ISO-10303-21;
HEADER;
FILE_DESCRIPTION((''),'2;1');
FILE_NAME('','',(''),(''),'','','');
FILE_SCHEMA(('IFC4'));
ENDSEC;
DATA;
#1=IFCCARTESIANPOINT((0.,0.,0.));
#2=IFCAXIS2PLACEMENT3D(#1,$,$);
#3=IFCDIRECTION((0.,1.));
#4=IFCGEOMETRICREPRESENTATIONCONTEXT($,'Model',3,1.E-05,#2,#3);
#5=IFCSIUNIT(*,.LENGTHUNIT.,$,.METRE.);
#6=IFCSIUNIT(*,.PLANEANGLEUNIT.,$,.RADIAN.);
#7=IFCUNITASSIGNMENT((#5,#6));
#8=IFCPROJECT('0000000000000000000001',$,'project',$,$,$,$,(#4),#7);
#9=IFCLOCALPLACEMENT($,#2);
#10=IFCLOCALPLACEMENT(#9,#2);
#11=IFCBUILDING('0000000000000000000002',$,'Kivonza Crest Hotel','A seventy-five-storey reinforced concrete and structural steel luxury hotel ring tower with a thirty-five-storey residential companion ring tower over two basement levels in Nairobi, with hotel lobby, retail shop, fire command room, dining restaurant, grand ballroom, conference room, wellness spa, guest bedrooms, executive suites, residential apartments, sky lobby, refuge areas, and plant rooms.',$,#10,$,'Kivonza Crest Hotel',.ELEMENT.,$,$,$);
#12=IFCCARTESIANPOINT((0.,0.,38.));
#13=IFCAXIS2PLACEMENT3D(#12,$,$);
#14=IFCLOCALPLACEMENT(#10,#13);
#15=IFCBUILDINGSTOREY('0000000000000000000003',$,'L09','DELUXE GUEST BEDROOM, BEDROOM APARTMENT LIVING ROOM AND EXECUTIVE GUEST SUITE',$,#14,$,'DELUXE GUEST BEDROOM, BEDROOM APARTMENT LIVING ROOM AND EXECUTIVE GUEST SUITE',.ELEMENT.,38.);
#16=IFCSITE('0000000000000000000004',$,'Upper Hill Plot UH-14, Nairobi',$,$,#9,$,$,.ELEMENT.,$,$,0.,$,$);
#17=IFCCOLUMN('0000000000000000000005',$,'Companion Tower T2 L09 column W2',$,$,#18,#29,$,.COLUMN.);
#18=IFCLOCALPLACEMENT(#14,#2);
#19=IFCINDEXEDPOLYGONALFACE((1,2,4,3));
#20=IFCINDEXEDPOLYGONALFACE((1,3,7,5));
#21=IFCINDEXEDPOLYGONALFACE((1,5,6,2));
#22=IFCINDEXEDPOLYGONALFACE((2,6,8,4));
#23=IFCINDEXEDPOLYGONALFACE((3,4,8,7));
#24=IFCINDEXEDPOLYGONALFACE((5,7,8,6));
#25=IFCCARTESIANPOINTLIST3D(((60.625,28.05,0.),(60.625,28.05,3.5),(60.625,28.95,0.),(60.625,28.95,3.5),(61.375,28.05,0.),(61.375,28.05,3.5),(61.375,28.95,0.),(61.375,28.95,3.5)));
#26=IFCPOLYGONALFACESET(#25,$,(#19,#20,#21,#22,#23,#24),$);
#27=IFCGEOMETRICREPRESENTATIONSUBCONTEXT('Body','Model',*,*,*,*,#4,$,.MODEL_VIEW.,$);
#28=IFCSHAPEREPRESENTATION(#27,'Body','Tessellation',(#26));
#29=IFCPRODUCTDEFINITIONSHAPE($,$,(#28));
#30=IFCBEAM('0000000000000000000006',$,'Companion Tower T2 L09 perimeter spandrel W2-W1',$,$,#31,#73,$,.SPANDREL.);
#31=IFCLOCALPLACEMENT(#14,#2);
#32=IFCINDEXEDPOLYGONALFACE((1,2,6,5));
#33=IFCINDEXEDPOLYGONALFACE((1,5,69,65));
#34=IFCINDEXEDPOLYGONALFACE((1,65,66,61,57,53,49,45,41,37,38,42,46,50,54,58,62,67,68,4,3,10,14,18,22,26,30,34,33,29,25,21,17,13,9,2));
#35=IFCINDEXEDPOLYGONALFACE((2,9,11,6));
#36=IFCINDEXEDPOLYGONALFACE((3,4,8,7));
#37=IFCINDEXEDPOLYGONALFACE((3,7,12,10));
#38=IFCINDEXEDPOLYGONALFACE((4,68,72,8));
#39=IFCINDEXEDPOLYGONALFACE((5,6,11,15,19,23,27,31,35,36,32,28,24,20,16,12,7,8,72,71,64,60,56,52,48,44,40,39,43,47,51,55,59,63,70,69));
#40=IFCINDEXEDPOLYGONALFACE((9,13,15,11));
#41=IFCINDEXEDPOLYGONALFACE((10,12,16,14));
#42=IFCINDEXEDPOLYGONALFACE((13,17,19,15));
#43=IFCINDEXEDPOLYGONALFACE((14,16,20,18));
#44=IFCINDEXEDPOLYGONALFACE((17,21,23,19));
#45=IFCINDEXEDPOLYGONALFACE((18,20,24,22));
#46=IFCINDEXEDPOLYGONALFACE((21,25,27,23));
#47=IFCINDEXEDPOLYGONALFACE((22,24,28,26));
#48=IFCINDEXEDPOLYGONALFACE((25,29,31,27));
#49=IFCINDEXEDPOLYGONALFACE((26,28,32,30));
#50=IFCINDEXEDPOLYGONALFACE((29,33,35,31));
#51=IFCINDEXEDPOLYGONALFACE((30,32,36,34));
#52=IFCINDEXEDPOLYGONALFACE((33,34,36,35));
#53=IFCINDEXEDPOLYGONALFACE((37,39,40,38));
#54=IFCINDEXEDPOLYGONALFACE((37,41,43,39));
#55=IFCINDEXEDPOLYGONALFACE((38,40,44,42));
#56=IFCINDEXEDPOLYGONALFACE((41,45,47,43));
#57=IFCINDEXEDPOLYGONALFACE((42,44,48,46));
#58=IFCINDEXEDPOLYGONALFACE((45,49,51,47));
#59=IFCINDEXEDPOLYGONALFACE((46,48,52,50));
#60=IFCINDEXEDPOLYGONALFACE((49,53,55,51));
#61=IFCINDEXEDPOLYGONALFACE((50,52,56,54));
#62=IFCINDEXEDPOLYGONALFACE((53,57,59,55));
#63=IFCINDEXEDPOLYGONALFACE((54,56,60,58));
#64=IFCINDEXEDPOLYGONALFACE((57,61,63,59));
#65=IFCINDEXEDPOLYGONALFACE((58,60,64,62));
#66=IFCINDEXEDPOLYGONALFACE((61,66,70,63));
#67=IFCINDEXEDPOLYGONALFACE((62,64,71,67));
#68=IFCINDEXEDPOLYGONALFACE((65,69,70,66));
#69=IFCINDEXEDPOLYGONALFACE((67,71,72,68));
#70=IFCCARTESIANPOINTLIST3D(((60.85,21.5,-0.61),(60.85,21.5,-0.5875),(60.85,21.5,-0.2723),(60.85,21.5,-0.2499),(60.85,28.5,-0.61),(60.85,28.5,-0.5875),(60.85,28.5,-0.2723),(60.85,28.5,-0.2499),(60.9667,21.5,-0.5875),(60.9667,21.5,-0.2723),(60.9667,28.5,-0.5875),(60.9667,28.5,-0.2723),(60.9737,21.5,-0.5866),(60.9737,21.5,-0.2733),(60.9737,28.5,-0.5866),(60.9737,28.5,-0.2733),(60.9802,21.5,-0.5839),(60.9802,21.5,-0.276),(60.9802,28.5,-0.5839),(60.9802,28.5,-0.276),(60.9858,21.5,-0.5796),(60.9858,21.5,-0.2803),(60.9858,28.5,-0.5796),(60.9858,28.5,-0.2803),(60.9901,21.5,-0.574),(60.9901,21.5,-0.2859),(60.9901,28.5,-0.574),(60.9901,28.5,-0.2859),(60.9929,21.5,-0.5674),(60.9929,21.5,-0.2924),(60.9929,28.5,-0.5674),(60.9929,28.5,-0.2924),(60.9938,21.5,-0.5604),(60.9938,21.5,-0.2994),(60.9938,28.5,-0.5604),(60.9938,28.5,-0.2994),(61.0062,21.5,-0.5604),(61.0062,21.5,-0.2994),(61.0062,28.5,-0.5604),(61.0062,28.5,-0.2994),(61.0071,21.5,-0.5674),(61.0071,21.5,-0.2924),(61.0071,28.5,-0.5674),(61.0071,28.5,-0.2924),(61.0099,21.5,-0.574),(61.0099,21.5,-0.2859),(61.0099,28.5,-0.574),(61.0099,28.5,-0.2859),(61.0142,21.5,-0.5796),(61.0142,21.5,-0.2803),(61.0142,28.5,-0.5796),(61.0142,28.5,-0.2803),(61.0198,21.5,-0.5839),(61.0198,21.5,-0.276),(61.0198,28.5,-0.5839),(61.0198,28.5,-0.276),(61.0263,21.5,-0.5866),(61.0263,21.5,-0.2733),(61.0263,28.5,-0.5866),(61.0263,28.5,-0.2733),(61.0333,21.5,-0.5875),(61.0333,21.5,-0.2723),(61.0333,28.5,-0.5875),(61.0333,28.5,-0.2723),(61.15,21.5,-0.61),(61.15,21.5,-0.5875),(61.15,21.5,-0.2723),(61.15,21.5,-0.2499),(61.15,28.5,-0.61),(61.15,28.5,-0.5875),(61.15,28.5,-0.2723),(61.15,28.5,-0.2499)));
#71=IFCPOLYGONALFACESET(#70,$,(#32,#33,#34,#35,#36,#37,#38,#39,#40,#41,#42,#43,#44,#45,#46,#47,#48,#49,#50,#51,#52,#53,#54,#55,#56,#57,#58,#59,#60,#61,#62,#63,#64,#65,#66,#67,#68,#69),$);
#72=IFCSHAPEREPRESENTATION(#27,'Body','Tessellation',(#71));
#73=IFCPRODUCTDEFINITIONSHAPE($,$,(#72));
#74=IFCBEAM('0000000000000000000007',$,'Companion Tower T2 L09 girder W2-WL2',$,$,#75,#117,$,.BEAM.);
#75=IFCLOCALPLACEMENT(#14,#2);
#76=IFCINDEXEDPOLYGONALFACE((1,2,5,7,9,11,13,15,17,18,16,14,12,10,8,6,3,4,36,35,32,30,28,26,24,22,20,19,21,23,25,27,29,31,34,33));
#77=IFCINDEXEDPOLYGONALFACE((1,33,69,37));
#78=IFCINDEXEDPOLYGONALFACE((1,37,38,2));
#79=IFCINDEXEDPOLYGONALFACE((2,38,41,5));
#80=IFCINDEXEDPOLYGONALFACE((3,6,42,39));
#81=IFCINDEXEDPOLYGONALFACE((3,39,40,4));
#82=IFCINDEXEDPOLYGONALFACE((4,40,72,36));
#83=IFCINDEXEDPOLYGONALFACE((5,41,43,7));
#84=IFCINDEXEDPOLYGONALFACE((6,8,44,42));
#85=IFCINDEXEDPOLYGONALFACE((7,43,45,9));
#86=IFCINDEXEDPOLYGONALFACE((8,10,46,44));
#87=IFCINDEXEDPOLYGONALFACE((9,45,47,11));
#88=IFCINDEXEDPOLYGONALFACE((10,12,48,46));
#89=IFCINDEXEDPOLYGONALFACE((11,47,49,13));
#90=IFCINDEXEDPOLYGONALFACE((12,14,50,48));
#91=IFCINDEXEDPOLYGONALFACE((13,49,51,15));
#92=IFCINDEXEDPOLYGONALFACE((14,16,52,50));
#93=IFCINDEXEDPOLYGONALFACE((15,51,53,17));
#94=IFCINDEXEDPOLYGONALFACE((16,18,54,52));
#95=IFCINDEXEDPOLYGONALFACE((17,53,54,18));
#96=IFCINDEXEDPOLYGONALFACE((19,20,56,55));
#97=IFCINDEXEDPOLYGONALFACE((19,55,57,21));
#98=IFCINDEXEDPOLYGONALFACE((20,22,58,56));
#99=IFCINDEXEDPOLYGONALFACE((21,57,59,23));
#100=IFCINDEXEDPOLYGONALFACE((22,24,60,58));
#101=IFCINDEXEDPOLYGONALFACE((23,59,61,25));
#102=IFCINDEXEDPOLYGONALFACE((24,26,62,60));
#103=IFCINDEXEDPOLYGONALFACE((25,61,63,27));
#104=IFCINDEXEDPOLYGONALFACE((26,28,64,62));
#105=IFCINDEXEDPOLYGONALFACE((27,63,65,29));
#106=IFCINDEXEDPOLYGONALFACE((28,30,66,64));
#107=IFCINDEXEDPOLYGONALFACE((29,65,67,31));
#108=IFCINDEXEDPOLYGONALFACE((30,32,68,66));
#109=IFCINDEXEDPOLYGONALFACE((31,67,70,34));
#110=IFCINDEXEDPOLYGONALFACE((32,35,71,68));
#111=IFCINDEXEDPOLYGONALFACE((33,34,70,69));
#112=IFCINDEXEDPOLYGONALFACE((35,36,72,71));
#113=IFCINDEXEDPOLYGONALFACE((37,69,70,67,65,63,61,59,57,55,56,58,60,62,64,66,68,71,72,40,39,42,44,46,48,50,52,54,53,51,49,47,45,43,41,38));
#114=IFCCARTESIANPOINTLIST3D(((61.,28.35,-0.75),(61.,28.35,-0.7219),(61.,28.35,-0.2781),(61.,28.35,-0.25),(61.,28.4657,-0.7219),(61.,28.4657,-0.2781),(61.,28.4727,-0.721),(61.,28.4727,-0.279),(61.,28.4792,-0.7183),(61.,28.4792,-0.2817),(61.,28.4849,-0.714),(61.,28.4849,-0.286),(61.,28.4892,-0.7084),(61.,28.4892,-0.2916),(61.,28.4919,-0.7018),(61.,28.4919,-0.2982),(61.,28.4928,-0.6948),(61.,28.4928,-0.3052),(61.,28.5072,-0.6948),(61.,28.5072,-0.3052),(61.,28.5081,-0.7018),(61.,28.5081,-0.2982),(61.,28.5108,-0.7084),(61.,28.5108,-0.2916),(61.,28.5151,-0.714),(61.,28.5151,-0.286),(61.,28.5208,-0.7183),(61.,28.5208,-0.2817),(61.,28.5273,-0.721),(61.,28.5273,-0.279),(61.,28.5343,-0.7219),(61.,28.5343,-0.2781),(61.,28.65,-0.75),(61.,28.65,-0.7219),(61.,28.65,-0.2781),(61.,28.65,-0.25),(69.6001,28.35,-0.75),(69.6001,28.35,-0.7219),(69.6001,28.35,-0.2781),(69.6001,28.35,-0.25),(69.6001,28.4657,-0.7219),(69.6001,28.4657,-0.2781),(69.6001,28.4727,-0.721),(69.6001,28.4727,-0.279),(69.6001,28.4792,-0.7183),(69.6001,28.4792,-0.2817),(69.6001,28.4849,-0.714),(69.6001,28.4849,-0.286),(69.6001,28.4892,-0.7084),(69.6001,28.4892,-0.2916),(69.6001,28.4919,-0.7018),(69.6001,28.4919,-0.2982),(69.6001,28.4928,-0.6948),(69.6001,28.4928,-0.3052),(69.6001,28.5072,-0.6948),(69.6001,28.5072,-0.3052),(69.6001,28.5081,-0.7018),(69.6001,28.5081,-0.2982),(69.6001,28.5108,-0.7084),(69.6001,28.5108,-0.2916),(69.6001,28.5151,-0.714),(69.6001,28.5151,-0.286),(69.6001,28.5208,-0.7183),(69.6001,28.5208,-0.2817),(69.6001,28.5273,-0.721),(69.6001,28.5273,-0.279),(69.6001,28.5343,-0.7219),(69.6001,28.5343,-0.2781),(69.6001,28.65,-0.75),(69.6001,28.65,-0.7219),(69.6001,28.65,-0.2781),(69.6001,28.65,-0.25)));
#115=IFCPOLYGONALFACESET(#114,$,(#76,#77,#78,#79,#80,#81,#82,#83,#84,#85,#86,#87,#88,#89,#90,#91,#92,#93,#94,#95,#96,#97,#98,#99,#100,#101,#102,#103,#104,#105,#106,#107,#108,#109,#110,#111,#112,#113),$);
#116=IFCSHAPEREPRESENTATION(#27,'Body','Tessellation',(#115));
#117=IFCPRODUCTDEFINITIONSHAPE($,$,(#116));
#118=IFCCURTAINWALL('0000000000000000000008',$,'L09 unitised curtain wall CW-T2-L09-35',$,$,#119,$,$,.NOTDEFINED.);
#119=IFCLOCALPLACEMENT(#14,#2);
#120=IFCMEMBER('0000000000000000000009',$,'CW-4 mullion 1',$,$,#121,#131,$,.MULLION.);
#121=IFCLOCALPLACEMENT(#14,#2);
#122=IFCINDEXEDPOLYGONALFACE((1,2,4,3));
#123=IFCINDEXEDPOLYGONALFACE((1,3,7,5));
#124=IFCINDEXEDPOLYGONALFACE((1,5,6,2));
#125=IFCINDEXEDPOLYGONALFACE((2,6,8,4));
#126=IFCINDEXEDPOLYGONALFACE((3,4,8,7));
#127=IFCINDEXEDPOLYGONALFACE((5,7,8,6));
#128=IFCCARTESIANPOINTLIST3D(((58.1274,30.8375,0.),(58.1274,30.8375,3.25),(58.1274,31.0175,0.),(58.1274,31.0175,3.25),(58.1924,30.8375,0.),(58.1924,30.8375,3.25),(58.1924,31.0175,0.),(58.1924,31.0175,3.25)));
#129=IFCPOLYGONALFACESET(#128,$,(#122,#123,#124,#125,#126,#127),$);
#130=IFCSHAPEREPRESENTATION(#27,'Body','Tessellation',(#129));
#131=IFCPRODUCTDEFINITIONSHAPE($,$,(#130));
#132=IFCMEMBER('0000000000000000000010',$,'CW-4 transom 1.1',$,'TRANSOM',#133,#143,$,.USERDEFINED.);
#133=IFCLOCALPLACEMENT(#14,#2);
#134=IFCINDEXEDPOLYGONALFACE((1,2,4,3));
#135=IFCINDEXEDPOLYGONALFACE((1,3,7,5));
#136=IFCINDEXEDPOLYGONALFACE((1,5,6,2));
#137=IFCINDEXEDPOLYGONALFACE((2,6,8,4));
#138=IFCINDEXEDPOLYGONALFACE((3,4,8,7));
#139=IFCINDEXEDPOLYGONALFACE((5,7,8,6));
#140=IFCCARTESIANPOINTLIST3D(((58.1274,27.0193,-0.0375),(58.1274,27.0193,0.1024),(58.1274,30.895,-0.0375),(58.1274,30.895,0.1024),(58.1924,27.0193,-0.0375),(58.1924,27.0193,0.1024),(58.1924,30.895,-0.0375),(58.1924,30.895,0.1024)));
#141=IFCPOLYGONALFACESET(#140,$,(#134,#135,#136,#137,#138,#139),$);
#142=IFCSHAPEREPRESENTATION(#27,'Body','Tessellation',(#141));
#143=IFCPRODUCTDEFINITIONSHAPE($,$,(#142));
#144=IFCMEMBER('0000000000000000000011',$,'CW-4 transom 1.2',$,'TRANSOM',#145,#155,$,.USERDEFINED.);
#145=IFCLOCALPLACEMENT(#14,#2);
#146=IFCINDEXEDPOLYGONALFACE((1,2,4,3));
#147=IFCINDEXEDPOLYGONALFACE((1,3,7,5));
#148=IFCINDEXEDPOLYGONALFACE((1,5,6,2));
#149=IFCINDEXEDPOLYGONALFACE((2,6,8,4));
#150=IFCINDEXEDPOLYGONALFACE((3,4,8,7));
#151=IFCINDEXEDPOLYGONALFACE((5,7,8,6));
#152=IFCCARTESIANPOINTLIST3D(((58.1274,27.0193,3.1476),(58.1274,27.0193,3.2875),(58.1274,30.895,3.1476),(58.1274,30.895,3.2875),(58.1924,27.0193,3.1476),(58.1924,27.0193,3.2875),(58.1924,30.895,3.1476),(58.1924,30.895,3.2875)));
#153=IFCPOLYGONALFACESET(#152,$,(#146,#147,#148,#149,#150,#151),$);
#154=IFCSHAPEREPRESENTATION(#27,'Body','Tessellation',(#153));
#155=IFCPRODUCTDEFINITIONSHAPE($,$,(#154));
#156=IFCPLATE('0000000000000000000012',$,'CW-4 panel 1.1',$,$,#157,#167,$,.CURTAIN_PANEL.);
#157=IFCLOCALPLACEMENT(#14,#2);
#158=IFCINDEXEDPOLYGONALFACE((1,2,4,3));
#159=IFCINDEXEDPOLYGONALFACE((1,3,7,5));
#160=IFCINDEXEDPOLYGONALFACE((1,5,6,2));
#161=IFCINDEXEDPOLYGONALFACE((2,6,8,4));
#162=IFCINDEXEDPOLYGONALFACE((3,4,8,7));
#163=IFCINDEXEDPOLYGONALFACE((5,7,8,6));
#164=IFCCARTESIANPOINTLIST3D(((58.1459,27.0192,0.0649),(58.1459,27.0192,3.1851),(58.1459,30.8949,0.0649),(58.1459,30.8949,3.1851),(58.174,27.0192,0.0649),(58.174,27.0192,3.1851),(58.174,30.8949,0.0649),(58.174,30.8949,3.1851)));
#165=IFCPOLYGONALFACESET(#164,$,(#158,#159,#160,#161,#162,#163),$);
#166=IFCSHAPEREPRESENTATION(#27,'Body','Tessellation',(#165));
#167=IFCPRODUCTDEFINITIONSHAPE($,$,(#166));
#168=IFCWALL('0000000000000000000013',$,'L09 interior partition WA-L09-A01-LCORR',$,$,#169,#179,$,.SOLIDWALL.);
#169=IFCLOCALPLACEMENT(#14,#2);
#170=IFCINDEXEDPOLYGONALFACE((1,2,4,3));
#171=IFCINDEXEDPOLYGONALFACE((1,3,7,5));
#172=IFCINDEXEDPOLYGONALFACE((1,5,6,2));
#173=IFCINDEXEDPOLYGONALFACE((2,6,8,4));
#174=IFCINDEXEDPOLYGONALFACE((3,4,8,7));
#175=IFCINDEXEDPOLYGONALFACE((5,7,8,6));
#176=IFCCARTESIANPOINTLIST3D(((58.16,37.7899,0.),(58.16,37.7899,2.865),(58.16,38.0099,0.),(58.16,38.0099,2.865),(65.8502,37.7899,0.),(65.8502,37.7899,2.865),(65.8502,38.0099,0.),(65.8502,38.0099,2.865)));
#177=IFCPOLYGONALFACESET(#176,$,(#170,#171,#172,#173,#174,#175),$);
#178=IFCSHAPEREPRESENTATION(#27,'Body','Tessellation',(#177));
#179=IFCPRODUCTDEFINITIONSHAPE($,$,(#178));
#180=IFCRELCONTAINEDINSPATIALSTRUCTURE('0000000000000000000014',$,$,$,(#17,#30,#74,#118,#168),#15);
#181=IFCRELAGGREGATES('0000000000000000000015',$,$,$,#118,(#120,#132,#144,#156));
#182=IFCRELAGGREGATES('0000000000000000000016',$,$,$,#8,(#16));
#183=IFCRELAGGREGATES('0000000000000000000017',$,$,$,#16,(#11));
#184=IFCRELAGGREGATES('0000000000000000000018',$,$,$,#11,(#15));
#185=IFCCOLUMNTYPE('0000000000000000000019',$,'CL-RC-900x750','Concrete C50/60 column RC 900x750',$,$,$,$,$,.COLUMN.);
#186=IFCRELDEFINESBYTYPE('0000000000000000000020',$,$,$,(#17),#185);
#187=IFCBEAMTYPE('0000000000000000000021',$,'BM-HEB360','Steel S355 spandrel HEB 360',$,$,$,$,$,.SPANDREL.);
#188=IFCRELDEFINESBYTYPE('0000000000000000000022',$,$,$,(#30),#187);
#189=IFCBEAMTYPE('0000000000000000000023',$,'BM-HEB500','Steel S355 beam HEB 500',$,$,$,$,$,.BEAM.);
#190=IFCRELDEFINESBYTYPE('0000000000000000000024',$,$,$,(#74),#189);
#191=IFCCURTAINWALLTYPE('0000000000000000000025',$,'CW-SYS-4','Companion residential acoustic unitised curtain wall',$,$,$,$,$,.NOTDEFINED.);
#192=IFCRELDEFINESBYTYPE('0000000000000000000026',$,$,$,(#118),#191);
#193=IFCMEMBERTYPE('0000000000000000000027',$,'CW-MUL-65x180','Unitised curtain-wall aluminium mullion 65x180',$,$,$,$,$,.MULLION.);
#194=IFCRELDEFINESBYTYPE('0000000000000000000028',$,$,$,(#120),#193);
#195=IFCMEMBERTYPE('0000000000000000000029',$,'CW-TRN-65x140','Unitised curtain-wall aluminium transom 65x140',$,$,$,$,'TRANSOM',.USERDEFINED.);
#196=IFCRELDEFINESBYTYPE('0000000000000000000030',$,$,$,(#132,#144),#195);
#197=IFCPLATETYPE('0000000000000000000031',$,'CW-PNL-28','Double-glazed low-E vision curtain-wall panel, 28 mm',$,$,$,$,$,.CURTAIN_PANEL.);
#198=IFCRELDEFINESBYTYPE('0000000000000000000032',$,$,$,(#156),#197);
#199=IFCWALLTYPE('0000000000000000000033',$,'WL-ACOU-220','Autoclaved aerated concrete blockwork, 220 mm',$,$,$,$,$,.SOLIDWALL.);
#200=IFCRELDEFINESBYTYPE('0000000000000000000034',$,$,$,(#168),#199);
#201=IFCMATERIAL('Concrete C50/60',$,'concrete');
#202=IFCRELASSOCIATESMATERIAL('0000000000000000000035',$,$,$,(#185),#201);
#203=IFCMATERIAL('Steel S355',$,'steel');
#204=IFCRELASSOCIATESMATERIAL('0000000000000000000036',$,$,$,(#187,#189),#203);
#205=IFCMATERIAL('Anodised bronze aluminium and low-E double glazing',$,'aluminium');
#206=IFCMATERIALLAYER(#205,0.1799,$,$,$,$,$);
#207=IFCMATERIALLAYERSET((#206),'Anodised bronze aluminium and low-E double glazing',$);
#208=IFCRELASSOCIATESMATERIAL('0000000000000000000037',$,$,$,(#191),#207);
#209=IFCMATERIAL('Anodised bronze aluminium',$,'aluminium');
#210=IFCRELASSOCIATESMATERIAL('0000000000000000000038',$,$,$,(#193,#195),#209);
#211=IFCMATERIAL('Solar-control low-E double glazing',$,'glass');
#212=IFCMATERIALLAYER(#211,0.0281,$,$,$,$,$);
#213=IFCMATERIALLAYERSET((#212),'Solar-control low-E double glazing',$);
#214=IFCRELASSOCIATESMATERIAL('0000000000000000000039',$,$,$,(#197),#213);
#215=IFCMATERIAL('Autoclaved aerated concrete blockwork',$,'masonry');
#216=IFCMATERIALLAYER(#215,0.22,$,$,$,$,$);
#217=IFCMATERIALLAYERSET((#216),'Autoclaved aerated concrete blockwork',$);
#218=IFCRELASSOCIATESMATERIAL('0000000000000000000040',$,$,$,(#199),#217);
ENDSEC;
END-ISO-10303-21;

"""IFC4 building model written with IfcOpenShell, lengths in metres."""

from ifc_helpers import new_model, si_unit, direction, frame, frame_2d, origin, origin_2d, place, context, subcontext, project, spatial, rectangle, i_section, extrude, material, layer, layer_set, material_profile, profile_set, type_object, element, aggregate, save


model = new_model("IFC4")

# Units and contexts
model_context = context("Model", 3, precision=1e-05, world=origin(), true_north=direction((0.0, 1.0)))
body_context = subcontext(model_context, "Body", "Model", "MODEL_VIEW")
ifc_project = project(units=[si_unit("LENGTHUNIT", "METRE"), si_unit("PLANEANGLEUNIT", "RADIAN")], contexts=[model_context])

# Site, building, storey
site_placement = place(None, origin())
site = spatial("IfcSite", under=ifc_project, at=site_placement, Name="Upper Hill Plot UH-14, Nairobi", CompositionType="ELEMENT", RefElevation=0.0)
building_placement = place(site_placement, origin())
building = spatial("IfcBuilding", under=site, at=building_placement, Name="Kivonza Crest Hotel", Description="A seventy-five-storey reinforced concrete and structural steel luxury hotel ring tower with a thirty-five-storey residential companion ring tower over two basement levels in Nairobi, with hotel lobby, retail shop, fire command room, dining restaurant, grand ballroom, conference room, wellness spa, guest bedrooms, executive suites, residential apartments, sky lobby, refuge areas, and plant rooms.", LongName="Kivonza Crest Hotel", CompositionType="ELEMENT")
storey_placement = place(building_placement, frame((0.0, 0.0, 38.0)))
storey = spatial("IfcBuildingStorey", under=building, at=storey_placement, Name="L09", Description="DELUXE GUEST BEDROOM, BEDROOM APARTMENT LIVING ROOM AND EXECUTIVE GUEST SUITE", LongName="DELUXE GUEST BEDROOM, BEDROOM APARTMENT LIVING ROOM AND EXECUTIVE GUEST SUITE", CompositionType="ELEMENT", Elevation=38.0)

# Column
ifc_material_1 = material(Name="Concrete C50/60", Category="concrete")
ifc_material_profile_1 = material_profile(ifc_material_1, rectangle(XDim=0.75, YDim=0.8999, at=origin_2d()), Name="RC 900x750")
ifc_profile_set_1 = profile_set([ifc_material_profile_1], Name="Concrete C50/60")
column_type = type_object("IfcColumnType", Name="CL-RC-900x750", Description="Concrete C50/60 column RC 900x750", PredefinedType="COLUMN", material=ifc_profile_set_1)
column_placement = place(storey_placement, frame((61.0, 28.5, 0.0), z_axis=(0.0, 0.0, 1.0), x_axis=(1.0, 0.0, 0.0)))
element("IfcColumn", 1, at=column_placement, inside=storey, type_object=column_type, Name="Companion Tower T2 L09 column W2", PredefinedType="COLUMN", context=body_context, shape_type="SweptSolid", body=[
    extrude(rectangle(XDim=0.75, YDim=0.8999, at=origin_2d()), origin(), (0.0, 0.0, 1.0), 3.5),
])

# Beams
ifc_material_2 = material(Name="Steel S355", Category="steel")
ifc_material_profile_2 = material_profile(ifc_material_2, i_section(OverallWidth=0.3, OverallDepth=0.3601, WebThickness=0.0125, FlangeThickness=0.0225, FilletRadius=0.0271, at=origin_2d()), Name="HEB 360")
ifc_profile_set_2 = profile_set([ifc_material_profile_2], Name="Steel S355")
beam_type_1 = type_object("IfcBeamType", Name="BM-HEB360", Description="Steel S355 spandrel HEB 360", PredefinedType="SPANDREL", material=ifc_profile_set_2)
beam_1_placement = place(storey_placement, frame((61.0, 28.5, -0.4299), z_axis=(0.0, -1.0, 0.0), x_axis=(1.0, 0.0, 0.0)))
element("IfcBeam", 2, at=beam_1_placement, inside=storey, type_object=beam_type_1, Name="Companion Tower T2 L09 perimeter spandrel W2-W1", PredefinedType="SPANDREL", context=body_context, shape_type="SweptSolid", body=[
    extrude(i_section(OverallWidth=0.3, OverallDepth=0.3601, WebThickness=0.0125, FlangeThickness=0.0225, FilletRadius=0.0271, at=origin_2d()), origin(), (0.0, 0.0, 1.0), 7.0),
])
ifc_material_profile_3 = material_profile(ifc_material_2, i_section(OverallWidth=0.3, OverallDepth=0.5, WebThickness=0.0144, FlangeThickness=0.0281, FilletRadius=0.0271, at=origin_2d()), Name="HEB 500")
ifc_profile_set_3 = profile_set([ifc_material_profile_3], Name="Steel S355")
beam_type_2 = type_object("IfcBeamType", Name="BM-HEB500", Description="Steel S355 beam HEB 500", PredefinedType="BEAM", material=ifc_profile_set_3)
beam_2_placement = place(storey_placement, frame((61.0, 28.5, -0.5), z_axis=(1.0, 0.0, 0.0), x_axis=(0.0, 1.0, 0.0)))
element("IfcBeam", 3, at=beam_2_placement, inside=storey, type_object=beam_type_2, Name="Companion Tower T2 L09 girder W2-WL2", PredefinedType="BEAM", context=body_context, shape_type="SweptSolid", body=[
    extrude(i_section(OverallWidth=0.3, OverallDepth=0.5, WebThickness=0.0144, FlangeThickness=0.0281, FilletRadius=0.0271, at=origin_2d()), origin(), (0.0, 0.0, 1.0), 8.6001),
])

# Curtain wall, members, plate
ifc_material_3 = material(Name="Anodised bronze aluminium and low-E double glazing", Category="aluminium")
ifc_layer_1 = layer(ifc_material_3, 0.1799)
ifc_layer_set_1 = layer_set([ifc_layer_1], Name="Anodised bronze aluminium and low-E double glazing")
curtain_wall_type = type_object("IfcCurtainWallType", Name="CW-SYS-4", Description="Companion residential acoustic unitised curtain wall", PredefinedType="NOTDEFINED", material=ifc_layer_set_1)
curtain_wall_placement = place(storey_placement, origin())
curtain_wall = element("IfcCurtainWall", 4, at=curtain_wall_placement, inside=storey, type_object=curtain_wall_type, Name="L09 unitised curtain wall CW-T2-L09-35", PredefinedType="NOTDEFINED")
ifc_material_4 = material(Name="Anodised bronze aluminium", Category="aluminium")
ifc_material_profile_4 = material_profile(ifc_material_4, rectangle(XDim=0.0649, YDim=0.1799, at=origin_2d()), Name="CW-M 65x180")
ifc_profile_set_4 = profile_set([ifc_material_profile_4], Name="Anodised bronze aluminium")
member_type_1 = type_object("IfcMemberType", Name="CW-MUL-65x180", Description="Unitised curtain-wall aluminium mullion 65x180", PredefinedType="MULLION", material=ifc_profile_set_4)
member_1_placement = place(storey_placement, frame((58.1599, 30.9275, 0.0), z_axis=(0.0, 0.0, 1.0), x_axis=(1.0, 0.0, 0.0)))
member_1 = element("IfcMember", 5, at=member_1_placement, type_object=member_type_1, Name="CW-4 mullion 1", PredefinedType="MULLION", context=body_context, shape_type="SweptSolid", body=[
    extrude(rectangle(XDim=0.0649, YDim=0.1799, at=origin_2d()), origin(), (0.0, 0.0, 1.0), 3.25),
])
ifc_material_profile_5 = material_profile(ifc_material_4, rectangle(XDim=0.0649, YDim=0.1399, at=origin_2d()), Name="CW-T 65x140")
ifc_profile_set_5 = profile_set([ifc_material_profile_5], Name="Anodised bronze aluminium")
member_type_2 = type_object("IfcMemberType", Name="CW-TRN-65x140", Description="Unitised curtain-wall aluminium transom 65x140", ElementType="TRANSOM", PredefinedType="USERDEFINED", material=ifc_profile_set_5)
member_2_placement = place(storey_placement, frame((58.1599, 30.895, 0.0325), z_axis=(0.0, -1.0, 0.0), x_axis=(1.0, 0.0, 0.0)))
member_2 = element("IfcMember", 6, at=member_2_placement, type_object=member_type_2, Name="CW-4 transom 1.1", ObjectType="TRANSOM", PredefinedType="USERDEFINED", context=body_context, shape_type="SweptSolid", body=[
    extrude(rectangle(XDim=0.0649, YDim=0.1399, at=origin_2d()), origin(), (0.0, 0.0, 1.0), 3.8757),
])
member_3_placement = place(storey_placement, frame((58.1599, 30.895, 3.2175), z_axis=(0.0, -1.0, 0.0), x_axis=(1.0, 0.0, 0.0)))
member_3 = element("IfcMember", 7, at=member_3_placement, type_object=member_type_2, Name="CW-4 transom 1.2", ObjectType="TRANSOM", PredefinedType="USERDEFINED", context=body_context, shape_type="SweptSolid", body=[
    extrude(rectangle(XDim=0.0649, YDim=0.1399, at=origin_2d()), origin(), (0.0, 0.0, 1.0), 3.8757),
])
ifc_material_5 = material(Name="Solar-control low-E double glazing", Category="glass")
ifc_layer_2 = layer(ifc_material_5, 0.0281)
ifc_layer_set_2 = layer_set([ifc_layer_2], Name="Solar-control low-E double glazing")
plate_type = type_object("IfcPlateType", Name="CW-PNL-28", Description="Double-glazed low-E vision curtain-wall panel, 28 mm", PredefinedType="CURTAIN_PANEL", material=ifc_layer_set_2)
plate_placement = place(storey_placement, frame((58.1599, 28.957, 0.0649), z_axis=(0.0, 0.0, 1.0), x_axis=(0.0, -1.0, 0.0)))
plate = element("IfcPlate", 8, at=plate_placement, type_object=plate_type, Name="CW-4 panel 1.1", PredefinedType="CURTAIN_PANEL", context=body_context, shape_type="SweptSolid", body=[
    extrude(rectangle(XDim=3.8757, YDim=0.0281, at=origin_2d()), origin(), (0.0, 0.0, 1.0), 3.1201),
])
aggregate(curtain_wall, [member_1, member_2, member_3, plate])

# Wall
ifc_material_6 = material(Name="Autoclaved aerated concrete blockwork", Category="masonry")
ifc_layer_3 = layer(ifc_material_6, 0.22)
ifc_layer_set_3 = layer_set([ifc_layer_3], Name="Autoclaved aerated concrete blockwork")
wall_type_1 = type_object("IfcWallType", Name="WL-ACOU-220", Description="Autoclaved aerated concrete blockwork, 220 mm", PredefinedType="SOLIDWALL", material=ifc_layer_set_3)
wall_1_placement = place(storey_placement, frame((58.1599, 37.8999, 0.0), z_axis=(0.0, 0.0, 1.0), x_axis=(1.0, 0.0, 0.0)))
element("IfcWall", 9, at=wall_1_placement, inside=storey, type_object=wall_type_1, Name="L09 interior partition WA-L09-A01-LCORR", PredefinedType="SOLIDWALL", context=body_context, shape_type="SweptSolid", body=[
    extrude(rectangle(XDim=7.6902, YDim=0.22, at=frame_2d((3.8452, 0.0))), origin(), (0.0, 0.0, 1.0), 2.865),
])

save(model, "model.ifc")
